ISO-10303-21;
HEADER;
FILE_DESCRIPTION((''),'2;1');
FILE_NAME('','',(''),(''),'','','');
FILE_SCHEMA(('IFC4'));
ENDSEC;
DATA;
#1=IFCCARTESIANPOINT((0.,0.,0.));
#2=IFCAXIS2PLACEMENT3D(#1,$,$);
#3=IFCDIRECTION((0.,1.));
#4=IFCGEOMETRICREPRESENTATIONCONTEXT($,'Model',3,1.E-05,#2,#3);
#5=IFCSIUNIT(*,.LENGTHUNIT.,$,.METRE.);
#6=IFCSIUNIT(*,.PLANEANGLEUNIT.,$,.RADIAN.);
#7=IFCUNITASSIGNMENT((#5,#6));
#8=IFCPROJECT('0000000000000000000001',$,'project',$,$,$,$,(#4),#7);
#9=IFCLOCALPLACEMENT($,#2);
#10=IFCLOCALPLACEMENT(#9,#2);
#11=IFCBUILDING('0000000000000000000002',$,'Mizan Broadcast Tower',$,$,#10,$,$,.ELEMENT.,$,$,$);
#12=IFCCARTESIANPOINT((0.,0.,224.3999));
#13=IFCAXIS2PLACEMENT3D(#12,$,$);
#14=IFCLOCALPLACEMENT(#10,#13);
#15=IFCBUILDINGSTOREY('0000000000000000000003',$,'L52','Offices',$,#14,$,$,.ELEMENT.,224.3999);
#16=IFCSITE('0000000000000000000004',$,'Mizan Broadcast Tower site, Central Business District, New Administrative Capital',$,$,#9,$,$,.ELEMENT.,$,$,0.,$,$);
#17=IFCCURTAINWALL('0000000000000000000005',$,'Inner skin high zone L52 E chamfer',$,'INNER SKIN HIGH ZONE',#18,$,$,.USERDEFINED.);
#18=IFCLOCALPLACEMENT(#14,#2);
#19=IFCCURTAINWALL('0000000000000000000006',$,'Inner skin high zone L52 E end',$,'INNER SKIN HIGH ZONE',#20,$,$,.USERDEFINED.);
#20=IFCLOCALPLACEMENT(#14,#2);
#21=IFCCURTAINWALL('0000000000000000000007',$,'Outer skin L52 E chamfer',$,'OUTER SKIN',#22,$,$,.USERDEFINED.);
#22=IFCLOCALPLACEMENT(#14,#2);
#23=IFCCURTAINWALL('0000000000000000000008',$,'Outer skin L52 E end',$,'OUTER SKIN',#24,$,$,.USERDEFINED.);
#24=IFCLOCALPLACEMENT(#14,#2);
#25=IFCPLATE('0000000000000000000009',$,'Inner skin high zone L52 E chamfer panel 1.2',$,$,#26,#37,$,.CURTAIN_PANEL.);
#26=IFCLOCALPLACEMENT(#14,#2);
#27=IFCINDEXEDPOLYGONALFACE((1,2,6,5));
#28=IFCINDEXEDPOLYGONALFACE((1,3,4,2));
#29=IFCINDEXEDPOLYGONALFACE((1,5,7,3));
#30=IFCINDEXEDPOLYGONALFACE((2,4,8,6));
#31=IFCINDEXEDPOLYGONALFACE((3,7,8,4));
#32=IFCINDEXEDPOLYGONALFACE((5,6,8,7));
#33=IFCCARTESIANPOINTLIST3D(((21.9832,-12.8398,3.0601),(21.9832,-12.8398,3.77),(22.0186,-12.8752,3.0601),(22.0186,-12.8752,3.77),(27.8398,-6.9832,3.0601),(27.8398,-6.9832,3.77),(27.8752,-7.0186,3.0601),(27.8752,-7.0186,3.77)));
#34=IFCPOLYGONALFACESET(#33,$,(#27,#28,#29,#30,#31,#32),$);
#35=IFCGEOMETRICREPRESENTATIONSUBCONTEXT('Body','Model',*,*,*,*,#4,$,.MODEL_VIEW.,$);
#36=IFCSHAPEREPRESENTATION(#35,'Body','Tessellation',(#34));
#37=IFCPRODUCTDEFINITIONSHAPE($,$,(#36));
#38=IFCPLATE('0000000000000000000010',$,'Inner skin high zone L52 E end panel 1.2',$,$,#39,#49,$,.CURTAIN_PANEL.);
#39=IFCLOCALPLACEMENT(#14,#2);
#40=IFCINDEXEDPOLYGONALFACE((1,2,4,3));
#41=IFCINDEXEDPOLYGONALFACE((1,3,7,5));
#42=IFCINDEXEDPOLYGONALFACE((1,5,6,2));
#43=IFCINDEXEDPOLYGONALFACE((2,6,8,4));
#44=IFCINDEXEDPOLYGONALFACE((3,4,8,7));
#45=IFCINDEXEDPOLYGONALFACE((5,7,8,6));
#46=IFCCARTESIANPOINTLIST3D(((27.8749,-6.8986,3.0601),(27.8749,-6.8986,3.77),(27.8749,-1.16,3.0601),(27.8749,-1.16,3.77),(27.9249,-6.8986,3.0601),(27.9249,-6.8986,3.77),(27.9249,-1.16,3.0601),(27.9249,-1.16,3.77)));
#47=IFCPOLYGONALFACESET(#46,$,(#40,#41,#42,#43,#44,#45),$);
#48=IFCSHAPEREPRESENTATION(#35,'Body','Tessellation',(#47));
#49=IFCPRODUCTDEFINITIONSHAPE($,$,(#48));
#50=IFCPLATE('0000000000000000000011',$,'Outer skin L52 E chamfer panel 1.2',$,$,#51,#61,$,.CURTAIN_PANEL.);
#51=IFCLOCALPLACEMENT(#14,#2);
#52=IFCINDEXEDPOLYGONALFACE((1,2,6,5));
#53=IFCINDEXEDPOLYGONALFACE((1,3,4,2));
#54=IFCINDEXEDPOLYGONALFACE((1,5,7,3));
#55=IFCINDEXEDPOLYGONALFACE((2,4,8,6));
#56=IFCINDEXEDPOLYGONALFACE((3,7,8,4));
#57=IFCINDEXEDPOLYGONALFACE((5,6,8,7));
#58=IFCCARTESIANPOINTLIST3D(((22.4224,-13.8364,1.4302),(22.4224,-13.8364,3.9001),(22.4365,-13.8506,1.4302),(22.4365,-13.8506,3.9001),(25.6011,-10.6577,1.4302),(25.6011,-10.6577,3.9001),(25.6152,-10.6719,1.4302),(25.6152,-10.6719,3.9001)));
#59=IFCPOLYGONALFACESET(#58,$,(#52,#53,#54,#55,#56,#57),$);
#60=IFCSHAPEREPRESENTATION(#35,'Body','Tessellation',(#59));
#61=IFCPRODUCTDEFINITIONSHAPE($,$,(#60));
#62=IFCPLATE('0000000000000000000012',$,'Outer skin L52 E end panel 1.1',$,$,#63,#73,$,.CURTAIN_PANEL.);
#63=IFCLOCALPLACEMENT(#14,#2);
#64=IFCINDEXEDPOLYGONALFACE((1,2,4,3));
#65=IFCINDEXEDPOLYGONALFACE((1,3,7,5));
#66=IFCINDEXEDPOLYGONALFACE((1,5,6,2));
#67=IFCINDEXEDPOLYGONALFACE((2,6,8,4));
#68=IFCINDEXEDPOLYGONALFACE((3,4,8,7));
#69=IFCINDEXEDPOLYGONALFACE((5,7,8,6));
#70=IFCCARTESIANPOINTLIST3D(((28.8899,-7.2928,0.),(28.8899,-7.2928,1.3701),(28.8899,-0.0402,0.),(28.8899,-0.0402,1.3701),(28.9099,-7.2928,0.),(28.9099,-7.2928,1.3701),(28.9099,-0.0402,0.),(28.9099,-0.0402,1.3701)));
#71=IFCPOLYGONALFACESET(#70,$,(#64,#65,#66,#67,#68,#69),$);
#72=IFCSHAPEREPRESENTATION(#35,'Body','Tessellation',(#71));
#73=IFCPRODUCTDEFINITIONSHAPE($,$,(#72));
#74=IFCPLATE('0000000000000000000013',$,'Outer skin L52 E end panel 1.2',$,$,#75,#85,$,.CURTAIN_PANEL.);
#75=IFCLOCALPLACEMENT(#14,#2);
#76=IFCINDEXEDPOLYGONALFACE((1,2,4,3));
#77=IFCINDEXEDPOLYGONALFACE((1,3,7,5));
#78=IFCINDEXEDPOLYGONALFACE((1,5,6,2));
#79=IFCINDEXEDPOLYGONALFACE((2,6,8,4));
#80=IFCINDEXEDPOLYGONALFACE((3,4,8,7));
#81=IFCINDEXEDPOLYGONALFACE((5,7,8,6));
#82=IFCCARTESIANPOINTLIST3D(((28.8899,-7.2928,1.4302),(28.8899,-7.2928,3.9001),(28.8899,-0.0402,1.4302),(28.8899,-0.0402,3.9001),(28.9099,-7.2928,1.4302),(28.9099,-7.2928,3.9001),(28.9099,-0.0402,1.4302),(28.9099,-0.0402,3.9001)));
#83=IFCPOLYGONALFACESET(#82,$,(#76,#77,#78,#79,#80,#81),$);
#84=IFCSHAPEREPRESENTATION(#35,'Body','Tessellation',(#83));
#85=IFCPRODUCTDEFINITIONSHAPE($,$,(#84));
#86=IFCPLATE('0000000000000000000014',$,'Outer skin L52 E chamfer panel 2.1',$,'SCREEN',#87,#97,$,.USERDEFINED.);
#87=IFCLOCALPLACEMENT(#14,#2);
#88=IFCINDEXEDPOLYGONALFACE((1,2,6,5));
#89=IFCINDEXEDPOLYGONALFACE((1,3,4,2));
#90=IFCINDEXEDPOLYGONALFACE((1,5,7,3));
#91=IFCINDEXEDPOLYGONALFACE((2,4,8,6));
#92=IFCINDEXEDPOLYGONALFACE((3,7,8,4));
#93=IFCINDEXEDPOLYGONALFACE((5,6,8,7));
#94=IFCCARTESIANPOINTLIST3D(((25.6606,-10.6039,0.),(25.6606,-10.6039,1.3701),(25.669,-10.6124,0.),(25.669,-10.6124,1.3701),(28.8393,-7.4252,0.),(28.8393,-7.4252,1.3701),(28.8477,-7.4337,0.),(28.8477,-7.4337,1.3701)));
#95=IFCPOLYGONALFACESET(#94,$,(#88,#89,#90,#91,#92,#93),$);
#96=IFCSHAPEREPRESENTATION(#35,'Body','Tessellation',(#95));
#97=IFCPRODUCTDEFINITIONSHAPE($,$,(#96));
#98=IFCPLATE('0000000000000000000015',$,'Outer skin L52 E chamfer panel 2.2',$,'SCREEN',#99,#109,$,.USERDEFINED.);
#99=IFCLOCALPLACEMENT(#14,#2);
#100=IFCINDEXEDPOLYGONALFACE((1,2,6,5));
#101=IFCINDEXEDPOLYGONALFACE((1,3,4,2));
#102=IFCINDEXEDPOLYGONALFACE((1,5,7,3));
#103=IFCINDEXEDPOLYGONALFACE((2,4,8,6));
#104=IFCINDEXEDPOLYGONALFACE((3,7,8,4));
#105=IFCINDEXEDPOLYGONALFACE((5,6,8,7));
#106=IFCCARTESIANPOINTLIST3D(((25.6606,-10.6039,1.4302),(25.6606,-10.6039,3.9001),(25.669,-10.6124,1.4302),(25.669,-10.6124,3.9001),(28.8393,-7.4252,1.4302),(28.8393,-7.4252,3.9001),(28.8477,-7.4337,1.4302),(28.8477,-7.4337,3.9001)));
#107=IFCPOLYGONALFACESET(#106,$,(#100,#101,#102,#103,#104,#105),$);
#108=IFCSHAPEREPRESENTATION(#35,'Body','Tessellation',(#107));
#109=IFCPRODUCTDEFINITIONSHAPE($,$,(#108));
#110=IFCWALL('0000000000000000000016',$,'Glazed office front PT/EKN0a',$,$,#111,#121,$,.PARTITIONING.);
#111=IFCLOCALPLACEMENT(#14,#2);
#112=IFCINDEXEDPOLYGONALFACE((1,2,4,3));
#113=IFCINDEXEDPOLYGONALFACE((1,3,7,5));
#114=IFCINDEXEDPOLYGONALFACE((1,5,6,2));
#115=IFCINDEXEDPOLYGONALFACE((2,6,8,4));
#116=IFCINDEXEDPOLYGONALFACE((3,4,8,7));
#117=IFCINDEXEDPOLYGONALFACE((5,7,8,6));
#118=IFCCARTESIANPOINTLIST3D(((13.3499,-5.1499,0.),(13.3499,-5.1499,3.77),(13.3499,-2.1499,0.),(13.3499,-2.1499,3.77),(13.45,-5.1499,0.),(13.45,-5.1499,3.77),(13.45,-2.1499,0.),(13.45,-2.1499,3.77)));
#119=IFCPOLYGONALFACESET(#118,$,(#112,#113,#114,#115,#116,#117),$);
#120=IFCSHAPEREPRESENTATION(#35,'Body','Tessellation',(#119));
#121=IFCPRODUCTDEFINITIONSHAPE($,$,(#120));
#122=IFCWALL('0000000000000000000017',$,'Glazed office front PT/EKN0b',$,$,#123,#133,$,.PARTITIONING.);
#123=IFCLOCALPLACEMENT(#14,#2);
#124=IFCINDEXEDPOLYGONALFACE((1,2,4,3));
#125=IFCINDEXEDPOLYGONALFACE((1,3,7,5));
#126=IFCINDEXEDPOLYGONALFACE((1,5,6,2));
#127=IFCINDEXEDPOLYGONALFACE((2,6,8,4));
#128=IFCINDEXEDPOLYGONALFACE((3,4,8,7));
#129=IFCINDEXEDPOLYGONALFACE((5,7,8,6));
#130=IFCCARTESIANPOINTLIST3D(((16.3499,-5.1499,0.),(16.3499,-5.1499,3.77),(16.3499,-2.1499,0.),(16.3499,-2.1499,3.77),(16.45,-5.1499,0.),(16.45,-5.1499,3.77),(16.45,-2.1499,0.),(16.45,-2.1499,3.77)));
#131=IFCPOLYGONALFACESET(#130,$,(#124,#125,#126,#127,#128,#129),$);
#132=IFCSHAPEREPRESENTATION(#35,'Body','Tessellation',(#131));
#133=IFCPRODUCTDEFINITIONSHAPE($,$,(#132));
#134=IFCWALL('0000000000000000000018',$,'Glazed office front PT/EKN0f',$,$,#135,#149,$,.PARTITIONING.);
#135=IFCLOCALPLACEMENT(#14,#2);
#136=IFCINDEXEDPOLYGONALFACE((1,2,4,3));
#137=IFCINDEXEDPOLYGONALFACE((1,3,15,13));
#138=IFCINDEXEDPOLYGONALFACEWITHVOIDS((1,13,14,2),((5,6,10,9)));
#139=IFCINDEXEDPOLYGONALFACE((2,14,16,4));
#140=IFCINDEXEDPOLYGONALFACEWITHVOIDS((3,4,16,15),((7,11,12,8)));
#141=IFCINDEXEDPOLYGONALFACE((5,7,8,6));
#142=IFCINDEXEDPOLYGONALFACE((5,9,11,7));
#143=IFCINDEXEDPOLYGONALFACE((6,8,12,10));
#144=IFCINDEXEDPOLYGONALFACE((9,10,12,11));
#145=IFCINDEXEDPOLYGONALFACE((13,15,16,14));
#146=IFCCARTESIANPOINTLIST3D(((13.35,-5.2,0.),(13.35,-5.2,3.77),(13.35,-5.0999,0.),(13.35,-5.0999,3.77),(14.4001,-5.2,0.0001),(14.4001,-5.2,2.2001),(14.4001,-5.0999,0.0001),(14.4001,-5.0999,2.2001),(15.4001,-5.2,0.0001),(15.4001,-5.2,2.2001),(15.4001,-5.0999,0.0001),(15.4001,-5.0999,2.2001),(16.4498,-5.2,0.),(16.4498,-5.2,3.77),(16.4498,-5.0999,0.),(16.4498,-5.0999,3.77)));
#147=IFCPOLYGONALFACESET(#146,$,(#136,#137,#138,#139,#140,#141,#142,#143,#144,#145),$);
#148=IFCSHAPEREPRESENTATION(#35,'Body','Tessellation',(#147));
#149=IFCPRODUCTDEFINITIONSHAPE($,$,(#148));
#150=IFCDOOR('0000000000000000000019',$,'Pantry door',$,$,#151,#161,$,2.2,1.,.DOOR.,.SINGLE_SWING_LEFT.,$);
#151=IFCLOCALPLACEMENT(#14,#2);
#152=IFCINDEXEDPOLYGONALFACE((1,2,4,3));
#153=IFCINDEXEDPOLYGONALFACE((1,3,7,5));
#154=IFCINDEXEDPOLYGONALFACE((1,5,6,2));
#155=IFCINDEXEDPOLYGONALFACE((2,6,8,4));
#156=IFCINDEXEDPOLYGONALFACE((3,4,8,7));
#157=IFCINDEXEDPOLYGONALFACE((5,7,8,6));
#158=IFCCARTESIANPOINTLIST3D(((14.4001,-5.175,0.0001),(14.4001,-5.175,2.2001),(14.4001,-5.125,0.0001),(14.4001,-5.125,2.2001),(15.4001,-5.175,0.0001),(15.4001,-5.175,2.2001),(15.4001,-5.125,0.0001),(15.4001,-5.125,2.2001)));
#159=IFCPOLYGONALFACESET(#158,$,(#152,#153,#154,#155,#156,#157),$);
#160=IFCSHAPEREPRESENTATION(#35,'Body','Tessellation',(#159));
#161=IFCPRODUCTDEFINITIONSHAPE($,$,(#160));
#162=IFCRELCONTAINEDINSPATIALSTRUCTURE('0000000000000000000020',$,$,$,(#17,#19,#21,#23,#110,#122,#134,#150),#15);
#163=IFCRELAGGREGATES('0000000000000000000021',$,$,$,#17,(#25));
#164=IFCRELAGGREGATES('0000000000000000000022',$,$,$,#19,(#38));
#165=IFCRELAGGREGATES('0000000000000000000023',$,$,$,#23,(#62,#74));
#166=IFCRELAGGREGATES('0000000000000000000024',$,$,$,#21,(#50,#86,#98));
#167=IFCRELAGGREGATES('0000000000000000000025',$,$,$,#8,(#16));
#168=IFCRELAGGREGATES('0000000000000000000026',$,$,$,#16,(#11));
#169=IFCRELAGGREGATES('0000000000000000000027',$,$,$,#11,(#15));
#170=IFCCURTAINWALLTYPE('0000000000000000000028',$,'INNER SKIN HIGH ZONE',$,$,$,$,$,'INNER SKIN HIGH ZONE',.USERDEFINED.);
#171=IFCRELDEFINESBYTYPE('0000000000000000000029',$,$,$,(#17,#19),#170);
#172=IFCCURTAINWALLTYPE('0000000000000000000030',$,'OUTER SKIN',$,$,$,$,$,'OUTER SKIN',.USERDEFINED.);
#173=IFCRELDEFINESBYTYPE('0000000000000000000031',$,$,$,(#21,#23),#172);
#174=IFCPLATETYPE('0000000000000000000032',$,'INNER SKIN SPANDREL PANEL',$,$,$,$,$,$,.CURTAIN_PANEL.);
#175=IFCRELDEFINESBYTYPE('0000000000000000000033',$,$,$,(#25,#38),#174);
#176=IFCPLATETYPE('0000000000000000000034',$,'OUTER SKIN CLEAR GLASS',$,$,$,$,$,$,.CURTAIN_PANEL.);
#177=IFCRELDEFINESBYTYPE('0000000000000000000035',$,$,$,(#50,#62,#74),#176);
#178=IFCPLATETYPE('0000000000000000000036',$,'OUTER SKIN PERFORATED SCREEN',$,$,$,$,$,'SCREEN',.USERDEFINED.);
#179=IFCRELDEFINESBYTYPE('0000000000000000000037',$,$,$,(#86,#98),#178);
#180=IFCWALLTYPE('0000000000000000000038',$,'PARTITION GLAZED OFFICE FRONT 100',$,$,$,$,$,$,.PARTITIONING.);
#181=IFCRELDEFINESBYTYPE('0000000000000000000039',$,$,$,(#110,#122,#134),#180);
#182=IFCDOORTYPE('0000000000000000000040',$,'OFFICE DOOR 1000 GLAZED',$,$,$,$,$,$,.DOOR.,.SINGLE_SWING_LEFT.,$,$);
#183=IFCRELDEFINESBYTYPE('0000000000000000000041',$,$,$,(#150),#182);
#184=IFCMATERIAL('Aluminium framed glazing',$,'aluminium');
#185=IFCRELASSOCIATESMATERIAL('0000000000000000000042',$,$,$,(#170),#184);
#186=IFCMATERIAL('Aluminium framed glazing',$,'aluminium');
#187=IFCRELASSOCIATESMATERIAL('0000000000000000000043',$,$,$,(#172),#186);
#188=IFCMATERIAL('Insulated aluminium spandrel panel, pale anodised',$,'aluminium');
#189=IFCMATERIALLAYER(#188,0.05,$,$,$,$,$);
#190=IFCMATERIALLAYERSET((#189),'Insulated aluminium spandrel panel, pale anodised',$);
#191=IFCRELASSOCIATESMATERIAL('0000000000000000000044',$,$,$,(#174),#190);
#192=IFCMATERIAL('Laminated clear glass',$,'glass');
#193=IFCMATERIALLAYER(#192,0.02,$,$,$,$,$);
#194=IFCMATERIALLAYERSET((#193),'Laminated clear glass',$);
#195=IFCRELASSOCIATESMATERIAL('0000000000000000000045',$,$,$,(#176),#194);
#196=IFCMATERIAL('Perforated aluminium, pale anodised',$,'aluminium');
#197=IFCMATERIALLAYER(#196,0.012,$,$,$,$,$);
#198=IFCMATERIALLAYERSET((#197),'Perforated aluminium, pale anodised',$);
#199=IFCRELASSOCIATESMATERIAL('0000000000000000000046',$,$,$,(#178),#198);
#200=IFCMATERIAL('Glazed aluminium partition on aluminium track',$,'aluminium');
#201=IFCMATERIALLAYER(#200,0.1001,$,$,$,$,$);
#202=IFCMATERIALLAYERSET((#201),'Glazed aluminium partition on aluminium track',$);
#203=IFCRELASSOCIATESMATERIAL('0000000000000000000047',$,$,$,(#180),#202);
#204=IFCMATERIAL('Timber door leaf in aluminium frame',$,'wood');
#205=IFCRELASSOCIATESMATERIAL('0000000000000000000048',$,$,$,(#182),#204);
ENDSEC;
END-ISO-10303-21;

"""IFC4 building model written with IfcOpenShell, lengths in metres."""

from ifc_helpers import new_model, si_unit, direction, frame, frame_2d, origin, origin_2d, place, context, subcontext, project, spatial, rectangle, extrude, material, layer, layer_set, type_object, element, fill, aggregate, save


model = new_model("IFC4")

# Units and contexts
model_context = context("Model", 3, precision=1e-05, world=origin(), true_north=direction((0.0, 1.0)))
body_context = subcontext(model_context, "Body", "Model", "MODEL_VIEW")
ifc_project = project(units=[si_unit("LENGTHUNIT", "METRE"), si_unit("PLANEANGLEUNIT", "RADIAN")], contexts=[model_context])

# Site, building, storey
site_placement = place(None, origin())
site = spatial("IfcSite", under=ifc_project, at=site_placement, Name="Mizan Broadcast Tower site, Central Business District, New Administrative Capital", CompositionType="ELEMENT", RefElevation=0.0)
building_placement = place(site_placement, origin())
building = spatial("IfcBuilding", under=site, at=building_placement, Name="Mizan Broadcast Tower", CompositionType="ELEMENT")
storey_placement = place(building_placement, frame((0.0, 0.0, 224.3999)))
storey = spatial("IfcBuildingStorey", under=building, at=storey_placement, Name="L52", Description="Offices", CompositionType="ELEMENT", Elevation=224.3999)

# Curtain wall
ifc_material_1 = material(Name="Aluminium framed glazing", Category="aluminium")
curtain_wall_type_1 = type_object("IfcCurtainWallType", Name="INNER SKIN HIGH ZONE", ElementType="INNER SKIN HIGH ZONE", PredefinedType="USERDEFINED", material=ifc_material_1)
curtain_wall_1_placement = place(storey_placement, origin())
curtain_wall_1 = element("IfcCurtainWall", 1, at=curtain_wall_1_placement, inside=storey, type_object=curtain_wall_type_1, Name="Inner skin high zone L52 E chamfer", ObjectType="INNER SKIN HIGH ZONE", PredefinedType="USERDEFINED")

# Curtain walls
curtain_wall_2_placement = place(storey_placement, origin())
curtain_wall_2 = element("IfcCurtainWall", 2, at=curtain_wall_2_placement, inside=storey, type_object=curtain_wall_type_1, Name="Inner skin high zone L52 E end", ObjectType="INNER SKIN HIGH ZONE", PredefinedType="USERDEFINED")
ifc_material_2 = material(Name="Aluminium framed glazing", Category="aluminium")
curtain_wall_type_2 = type_object("IfcCurtainWallType", Name="OUTER SKIN", ElementType="OUTER SKIN", PredefinedType="USERDEFINED", material=ifc_material_2)
curtain_wall_3_placement = place(storey_placement, origin())
curtain_wall_3 = element("IfcCurtainWall", 3, at=curtain_wall_3_placement, inside=storey, type_object=curtain_wall_type_2, Name="Outer skin L52 E chamfer", ObjectType="OUTER SKIN", PredefinedType="USERDEFINED")

# Curtain wall
curtain_wall_4_placement = place(storey_placement, origin())
curtain_wall_4 = element("IfcCurtainWall", 4, at=curtain_wall_4_placement, inside=storey, type_object=curtain_wall_type_2, Name="Outer skin L52 E end", ObjectType="OUTER SKIN", PredefinedType="USERDEFINED")

# Plates
ifc_material_3 = material(Name="Insulated aluminium spandrel panel, pale anodised", Category="aluminium")
ifc_layer_1 = layer(ifc_material_3, 0.05)
ifc_layer_set_1 = layer_set([ifc_layer_1], Name="Insulated aluminium spandrel panel, pale anodised")
plate_type_1 = type_object("IfcPlateType", Name="INNER SKIN SPANDREL PANEL", PredefinedType="CURTAIN_PANEL", material=ifc_layer_set_1)
plate_1_placement = place(storey_placement, frame((24.9292, -9.9292, 3.0601), z_axis=(0.0, 0.0, 1.0), x_axis=(0.707107, 0.707107, 0.0)))
plate_1 = element("IfcPlate", 5, at=plate_1_placement, type_object=plate_type_1, Name="Inner skin high zone L52 E chamfer panel 1.2", PredefinedType="CURTAIN_PANEL", context=body_context, shape_type="SweptSolid", body=[
    extrude(rectangle(XDim=8.2825, YDim=0.05, at=origin_2d()), origin(), (0.0, 0.0, 1.0), 0.71),
])
aggregate(curtain_wall_1, [plate_1])
plate_2_placement = place(storey_placement, frame((27.8999, -4.0293, 3.0601), z_axis=(0.0, 0.0, 1.0), x_axis=(0.0, 1.0, 0.0)))
plate_2 = element("IfcPlate", 6, at=plate_2_placement, type_object=plate_type_1, Name="Inner skin high zone L52 E end panel 1.2", PredefinedType="CURTAIN_PANEL", context=body_context, shape_type="SweptSolid", body=[
    extrude(rectangle(XDim=5.7385, YDim=0.05, at=origin_2d()), origin(), (0.0, 0.0, 1.0), 0.71),
])
aggregate(curtain_wall_2, [plate_2])
ifc_material_4 = material(Name="Laminated clear glass", Category="glass")
ifc_layer_2 = layer(ifc_material_4, 0.02)
ifc_layer_set_2 = layer_set([ifc_layer_2], Name="Laminated clear glass")
plate_type_2 = type_object("IfcPlateType", Name="OUTER SKIN CLEAR GLASS", PredefinedType="CURTAIN_PANEL", material=ifc_layer_set_2)
plate_3_placement = place(storey_placement, frame((24.0188, -12.2542, 1.4302), z_axis=(0.0, 0.0, 1.0), x_axis=(0.707107, 0.707107, 0.0)))
plate_3 = element("IfcPlate", 7, at=plate_3_placement, type_object=plate_type_2, Name="Outer skin L52 E chamfer panel 1.2", PredefinedType="CURTAIN_PANEL", context=body_context, shape_type="SweptSolid", body=[
    extrude(rectangle(XDim=4.4954, YDim=0.02, at=origin_2d()), origin(), (0.0, 0.0, 1.0), 2.47),
])
plate_4_placement = place(storey_placement, frame((28.8999, -3.6665, 0.0), z_axis=(0.0, 0.0, 1.0), x_axis=(0.0, 1.0, 0.0)))
plate_4 = element("IfcPlate", 8, at=plate_4_placement, type_object=plate_type_2, Name="Outer skin L52 E end panel 1.1", PredefinedType="CURTAIN_PANEL", context=body_context, shape_type="SweptSolid", body=[
    extrude(rectangle(XDim=7.2527, YDim=0.02, at=origin_2d()), origin(), (0.0, 0.0, 1.0), 1.3701),
])
plate_5_placement = place(storey_placement, frame((28.8999, -3.6665, 1.4302), z_axis=(0.0, 0.0, 1.0), x_axis=(0.0, 1.0, 0.0)))
plate_5 = element("IfcPlate", 9, at=plate_5_placement, type_object=plate_type_2, Name="Outer skin L52 E end panel 1.2", PredefinedType="CURTAIN_PANEL", context=body_context, shape_type="SweptSolid", body=[
    extrude(rectangle(XDim=7.2527, YDim=0.02, at=origin_2d()), origin(), (0.0, 0.0, 1.0), 2.47),
])
aggregate(curtain_wall_4, [plate_4, plate_5])
ifc_material_5 = material(Name="Perforated aluminium, pale anodised", Category="aluminium")
ifc_layer_3 = layer(ifc_material_5, 0.012)
ifc_layer_set_3 = layer_set([ifc_layer_3], Name="Perforated aluminium, pale anodised")
plate_type_3 = type_object("IfcPlateType", Name="OUTER SKIN PERFORATED SCREEN", ElementType="SCREEN", PredefinedType="USERDEFINED", material=ifc_layer_set_3)
plate_6_placement = place(storey_placement, frame((27.2542, -9.0188, 0.0), z_axis=(0.0, 0.0, 1.0), x_axis=(0.707107, 0.707107, 0.0)))
plate_6 = element("IfcPlate", 10, at=plate_6_placement, type_object=plate_type_3, Name="Outer skin L52 E chamfer panel 2.1", ObjectType="SCREEN", PredefinedType="USERDEFINED", context=body_context, shape_type="SweptSolid", body=[
    extrude(rectangle(XDim=4.4954, YDim=0.012, at=origin_2d()), origin(), (0.0, 0.0, 1.0), 1.3701),
])
plate_7_placement = place(storey_placement, frame((27.2542, -9.0188, 1.4302), z_axis=(0.0, 0.0, 1.0), x_axis=(0.707107, 0.707107, 0.0)))
plate_7 = element("IfcPlate", 11, at=plate_7_placement, type_object=plate_type_3, Name="Outer skin L52 E chamfer panel 2.2", ObjectType="SCREEN", PredefinedType="USERDEFINED", context=body_context, shape_type="SweptSolid", body=[
    extrude(rectangle(XDim=4.4954, YDim=0.012, at=origin_2d()), origin(), (0.0, 0.0, 1.0), 2.47),
])
aggregate(curtain_wall_3, [plate_3, plate_6, plate_7])

# Walls
ifc_material_6 = material(Name="Glazed aluminium partition on aluminium track", Category="aluminium")
ifc_layer_4 = layer(ifc_material_6, 0.1001)
ifc_layer_set_4 = layer_set([ifc_layer_4], Name="Glazed aluminium partition on aluminium track")
wall_type = type_object("IfcWallType", Name="PARTITION GLAZED OFFICE FRONT 100", PredefinedType="PARTITIONING", material=ifc_layer_set_4)
for number, where, z_axis, x_axis, name in (
    (12, (13.3999, -2.1499, 0.0), (0.0, 0.0, 1.0), (0.0, -1.0, 0.0), "Glazed office front PT/EKN0a"),
    (13, (16.3999, -2.1499, 0.0), (0.0, 0.0, 1.0), (0.0, -1.0, 0.0), "Glazed office front PT/EKN0b"),
):
    element("IfcWall", number, at=place(storey_placement, frame(where, z_axis=z_axis, x_axis=x_axis)), inside=storey, type_object=wall_type, Name=name, PredefinedType="PARTITIONING", context=body_context, shape_type="SweptSolid", body=[
        extrude(rectangle(XDim=3.0, YDim=0.1001, at=frame_2d((1.5, 0.0))), origin(), (0.0, 0.0, 1.0), 3.77),
    ])

# Wall, opening, door
wall_placement = place(storey_placement, frame((13.3501, -5.1499, 0.0), z_axis=(0.0, 0.0, 1.0), x_axis=(1.0, 0.0, 0.0)))
wall = element("IfcWall", 14, at=wall_placement, inside=storey, type_object=wall_type, Name="Glazed office front PT/EKN0f", PredefinedType="PARTITIONING", context=body_context, shape_type="SweptSolid", body=[
    extrude(rectangle(XDim=3.0999, YDim=0.1001, at=frame_2d((1.5498, 0.0))), origin(), (0.0, 0.0, 1.0), 3.77),
])
opening_placement = place(wall_placement, frame((1.05, 0.0, 0.0)))
opening = element("IfcOpeningElement", 15, at=opening_placement, cuts=wall, PredefinedType="OPENING", context=body_context, shape_type="SweptSolid", body=[
    extrude(rectangle(XDim=1.0, YDim=2.2, at=frame_2d((0.5, 1.1001))), frame((0.0, 0.0601, 0.0), z_axis=(0.0, -1.0, 0.0), x_axis=(1.0, 0.0, 0.0)), (0.0, 0.0, 1.0), 0.1201),
])
ifc_material_7 = material(Name="Timber door leaf in aluminium frame", Category="wood")
door_type = type_object("IfcDoorType", Name="OFFICE DOOR 1000 GLAZED", OperationType="SINGLE_SWING_LEFT", PredefinedType="DOOR", material=ifc_material_7)
door_placement = place(opening_placement, origin())
door = element("IfcDoor", 16, at=door_placement, inside=storey, type_object=door_type, Name="Pantry door", OperationType="SINGLE_SWING_LEFT", OverallHeight=2.2, OverallWidth=1.0, PredefinedType="DOOR", context=body_context, shape_type="SweptSolid", body=[
    extrude(rectangle(XDim=1.0, YDim=2.2, at=frame_2d((0.5, 1.1001))), frame((0.0, 0.0249, 0.0), z_axis=(0.0, -1.0, 0.0), x_axis=(1.0, 0.0, 0.0)), (0.0, 0.0, 1.0), 0.05),
])
fill(opening, door)

save(model, "model.ifc")
